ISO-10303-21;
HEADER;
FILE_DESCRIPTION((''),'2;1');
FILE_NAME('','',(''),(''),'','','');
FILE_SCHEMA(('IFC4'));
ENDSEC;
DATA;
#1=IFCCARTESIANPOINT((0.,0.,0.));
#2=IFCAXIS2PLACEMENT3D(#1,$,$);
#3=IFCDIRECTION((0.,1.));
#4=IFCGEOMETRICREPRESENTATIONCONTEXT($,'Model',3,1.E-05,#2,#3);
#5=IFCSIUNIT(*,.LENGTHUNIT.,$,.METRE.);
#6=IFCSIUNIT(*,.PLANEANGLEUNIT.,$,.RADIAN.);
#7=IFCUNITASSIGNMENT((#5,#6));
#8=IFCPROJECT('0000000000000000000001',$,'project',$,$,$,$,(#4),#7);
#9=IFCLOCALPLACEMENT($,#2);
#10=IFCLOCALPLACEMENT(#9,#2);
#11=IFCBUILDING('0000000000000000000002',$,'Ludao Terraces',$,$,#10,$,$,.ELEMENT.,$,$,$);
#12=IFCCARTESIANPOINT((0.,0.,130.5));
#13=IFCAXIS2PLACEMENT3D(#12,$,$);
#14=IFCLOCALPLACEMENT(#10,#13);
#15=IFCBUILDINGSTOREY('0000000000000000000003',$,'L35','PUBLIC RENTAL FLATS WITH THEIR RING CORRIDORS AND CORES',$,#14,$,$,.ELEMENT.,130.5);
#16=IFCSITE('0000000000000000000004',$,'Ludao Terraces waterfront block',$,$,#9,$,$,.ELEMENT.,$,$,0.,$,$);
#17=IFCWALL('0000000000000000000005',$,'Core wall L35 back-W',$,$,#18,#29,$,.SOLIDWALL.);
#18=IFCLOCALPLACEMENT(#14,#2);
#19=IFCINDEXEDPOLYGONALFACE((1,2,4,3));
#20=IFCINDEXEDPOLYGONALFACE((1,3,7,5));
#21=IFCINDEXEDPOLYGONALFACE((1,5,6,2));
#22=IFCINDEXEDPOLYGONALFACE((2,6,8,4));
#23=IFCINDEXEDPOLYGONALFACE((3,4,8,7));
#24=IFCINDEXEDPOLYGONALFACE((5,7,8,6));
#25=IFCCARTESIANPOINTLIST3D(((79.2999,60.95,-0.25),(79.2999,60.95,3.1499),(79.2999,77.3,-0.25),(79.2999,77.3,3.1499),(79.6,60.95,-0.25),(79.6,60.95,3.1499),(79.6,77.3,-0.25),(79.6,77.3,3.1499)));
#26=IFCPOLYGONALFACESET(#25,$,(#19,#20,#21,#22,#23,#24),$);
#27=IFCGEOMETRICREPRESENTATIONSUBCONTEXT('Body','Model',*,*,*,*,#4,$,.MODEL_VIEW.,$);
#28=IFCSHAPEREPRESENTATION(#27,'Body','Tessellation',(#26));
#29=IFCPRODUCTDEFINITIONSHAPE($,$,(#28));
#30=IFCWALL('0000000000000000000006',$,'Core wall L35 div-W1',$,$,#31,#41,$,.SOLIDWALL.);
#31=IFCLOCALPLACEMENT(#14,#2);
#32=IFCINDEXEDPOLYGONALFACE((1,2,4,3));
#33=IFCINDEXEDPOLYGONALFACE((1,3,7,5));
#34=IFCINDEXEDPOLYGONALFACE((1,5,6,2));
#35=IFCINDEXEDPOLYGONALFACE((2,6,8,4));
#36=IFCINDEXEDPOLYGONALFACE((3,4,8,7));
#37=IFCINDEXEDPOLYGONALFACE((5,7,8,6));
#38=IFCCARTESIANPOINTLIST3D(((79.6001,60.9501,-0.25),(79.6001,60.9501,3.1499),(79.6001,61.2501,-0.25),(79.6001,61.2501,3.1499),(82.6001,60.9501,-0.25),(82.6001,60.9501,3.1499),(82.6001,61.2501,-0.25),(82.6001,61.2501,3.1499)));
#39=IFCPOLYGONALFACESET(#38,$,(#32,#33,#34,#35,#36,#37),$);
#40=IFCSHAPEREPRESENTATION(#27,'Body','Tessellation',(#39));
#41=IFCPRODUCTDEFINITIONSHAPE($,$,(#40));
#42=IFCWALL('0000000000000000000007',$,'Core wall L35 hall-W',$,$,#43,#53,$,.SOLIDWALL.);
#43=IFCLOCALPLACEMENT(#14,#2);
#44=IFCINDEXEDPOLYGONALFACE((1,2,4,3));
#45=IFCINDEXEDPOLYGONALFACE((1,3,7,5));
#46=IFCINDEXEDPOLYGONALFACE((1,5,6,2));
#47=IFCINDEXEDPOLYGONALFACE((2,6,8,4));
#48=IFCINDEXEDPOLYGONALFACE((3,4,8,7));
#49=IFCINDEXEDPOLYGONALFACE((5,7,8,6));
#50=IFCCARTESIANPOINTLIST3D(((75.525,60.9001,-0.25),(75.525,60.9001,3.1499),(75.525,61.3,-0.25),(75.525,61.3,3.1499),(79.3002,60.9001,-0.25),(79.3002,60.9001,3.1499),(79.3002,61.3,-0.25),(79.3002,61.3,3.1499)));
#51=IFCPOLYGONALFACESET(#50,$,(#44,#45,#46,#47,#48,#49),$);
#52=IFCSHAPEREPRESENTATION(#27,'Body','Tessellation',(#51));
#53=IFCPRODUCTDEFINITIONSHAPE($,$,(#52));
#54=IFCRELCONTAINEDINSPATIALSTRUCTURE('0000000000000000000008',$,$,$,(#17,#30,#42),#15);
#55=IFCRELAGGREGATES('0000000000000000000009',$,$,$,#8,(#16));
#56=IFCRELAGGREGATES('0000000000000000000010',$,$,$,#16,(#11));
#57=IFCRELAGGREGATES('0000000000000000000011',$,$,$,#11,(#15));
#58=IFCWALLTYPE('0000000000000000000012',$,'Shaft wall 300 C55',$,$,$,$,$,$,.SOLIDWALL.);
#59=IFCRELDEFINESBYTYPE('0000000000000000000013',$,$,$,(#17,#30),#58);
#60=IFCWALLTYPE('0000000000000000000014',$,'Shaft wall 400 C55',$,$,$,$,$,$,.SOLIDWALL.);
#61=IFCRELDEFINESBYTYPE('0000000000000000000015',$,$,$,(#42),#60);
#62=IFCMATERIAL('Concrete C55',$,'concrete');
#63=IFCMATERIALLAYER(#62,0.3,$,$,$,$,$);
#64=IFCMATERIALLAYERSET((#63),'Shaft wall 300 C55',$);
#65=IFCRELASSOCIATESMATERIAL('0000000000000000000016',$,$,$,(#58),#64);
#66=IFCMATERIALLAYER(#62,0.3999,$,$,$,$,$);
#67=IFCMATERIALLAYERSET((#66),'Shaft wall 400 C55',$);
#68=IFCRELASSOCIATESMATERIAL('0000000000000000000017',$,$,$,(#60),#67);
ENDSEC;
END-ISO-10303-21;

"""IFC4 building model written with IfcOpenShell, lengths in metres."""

from ifc_helpers import new_model, si_unit, direction, frame, frame_2d, origin, place, context, subcontext, project, spatial, rectangle, extrude, material, layer, layer_set, type_object, element, save


model = new_model("IFC4")

# Units and contexts
model_context = context("Model", 3, precision=1e-05, world=origin(), true_north=direction((0.0, 1.0)))
body_context = subcontext(model_context, "Body", "Model", "MODEL_VIEW")
ifc_project = project(units=[si_unit("LENGTHUNIT", "METRE"), si_unit("PLANEANGLEUNIT", "RADIAN")], contexts=[model_context])

# Site, building, storey
site_placement = place(None, origin())
site = spatial("IfcSite", under=ifc_project, at=site_placement, Name="Ludao Terraces waterfront block", CompositionType="ELEMENT", RefElevation=0.0)
building_placement = place(site_placement, origin())
building = spatial("IfcBuilding", under=site, at=building_placement, Name="Ludao Terraces", CompositionType="ELEMENT")
storey_placement = place(building_placement, frame((0.0, 0.0, 130.5)))
storey = spatial("IfcBuildingStorey", under=building, at=storey_placement, Name="L35", Description="PUBLIC RENTAL FLATS WITH THEIR RING CORRIDORS AND CORES", CompositionType="ELEMENT", Elevation=130.5)

# Walls
ifc_material_1 = material(Name="Concrete C55", Category="concrete")
ifc_layer_1 = layer(ifc_material_1, 0.3)
ifc_layer_set_1 = layer_set([ifc_layer_1], Name="Shaft wall 300 C55")
wall_type_1 = type_object("IfcWallType", Name="Shaft wall 300 C55", PredefinedType="SOLIDWALL", material=ifc_layer_set_1)
wall_1_placement = place(storey_placement, frame((79.45, 60.95, -0.25), z_axis=(0.0, 0.0, 1.0), x_axis=(0.0, 1.0, 0.0)))
element("IfcWall", 1, at=wall_1_placement, inside=storey, type_object=wall_type_1, Name="Core wall L35 back-W", PredefinedType="SOLIDWALL", context=body_context, shape_type="SweptSolid", body=[
    extrude(rectangle(XDim=16.3501, YDim=0.3, at=frame_2d((8.175, 0.0))), origin(), (0.0, 0.0, 1.0), 3.3999),
])
wall_2_placement = place(storey_placement, frame((79.6001, 61.1001, -0.25), z_axis=(0.0, 0.0, 1.0), x_axis=(1.0, 0.0, 0.0)))
element("IfcWall", 2, at=wall_2_placement, inside=storey, type_object=wall_type_1, Name="Core wall L35 div-W1", PredefinedType="SOLIDWALL", context=body_context, shape_type="SweptSolid", body=[
    extrude(rectangle(XDim=3.0, YDim=0.3, at=frame_2d((1.5, 0.0))), origin(), (0.0, 0.0, 1.0), 3.3999),
])
ifc_layer_2 = layer(ifc_material_1, 0.3999)
ifc_layer_set_2 = layer_set([ifc_layer_2], Name="Shaft wall 400 C55")
wall_type_2 = type_object("IfcWallType", Name="Shaft wall 400 C55", PredefinedType="SOLIDWALL", material=ifc_layer_set_2)
wall_3_placement = place(storey_placement, frame((75.5249, 61.1001, -0.25), z_axis=(0.0, 0.0, 1.0), x_axis=(1.0, 0.0, 0.0)))
element("IfcWall", 3, at=wall_3_placement, inside=storey, type_object=wall_type_2, Name="Core wall L35 hall-W", PredefinedType="SOLIDWALL", context=body_context, shape_type="SweptSolid", body=[
    extrude(rectangle(XDim=3.7751, YDim=0.3999, at=frame_2d((1.8877, 0.0))), origin(), (0.0, 0.0, 1.0), 3.3999),
])

save(model, "model.ifc")
